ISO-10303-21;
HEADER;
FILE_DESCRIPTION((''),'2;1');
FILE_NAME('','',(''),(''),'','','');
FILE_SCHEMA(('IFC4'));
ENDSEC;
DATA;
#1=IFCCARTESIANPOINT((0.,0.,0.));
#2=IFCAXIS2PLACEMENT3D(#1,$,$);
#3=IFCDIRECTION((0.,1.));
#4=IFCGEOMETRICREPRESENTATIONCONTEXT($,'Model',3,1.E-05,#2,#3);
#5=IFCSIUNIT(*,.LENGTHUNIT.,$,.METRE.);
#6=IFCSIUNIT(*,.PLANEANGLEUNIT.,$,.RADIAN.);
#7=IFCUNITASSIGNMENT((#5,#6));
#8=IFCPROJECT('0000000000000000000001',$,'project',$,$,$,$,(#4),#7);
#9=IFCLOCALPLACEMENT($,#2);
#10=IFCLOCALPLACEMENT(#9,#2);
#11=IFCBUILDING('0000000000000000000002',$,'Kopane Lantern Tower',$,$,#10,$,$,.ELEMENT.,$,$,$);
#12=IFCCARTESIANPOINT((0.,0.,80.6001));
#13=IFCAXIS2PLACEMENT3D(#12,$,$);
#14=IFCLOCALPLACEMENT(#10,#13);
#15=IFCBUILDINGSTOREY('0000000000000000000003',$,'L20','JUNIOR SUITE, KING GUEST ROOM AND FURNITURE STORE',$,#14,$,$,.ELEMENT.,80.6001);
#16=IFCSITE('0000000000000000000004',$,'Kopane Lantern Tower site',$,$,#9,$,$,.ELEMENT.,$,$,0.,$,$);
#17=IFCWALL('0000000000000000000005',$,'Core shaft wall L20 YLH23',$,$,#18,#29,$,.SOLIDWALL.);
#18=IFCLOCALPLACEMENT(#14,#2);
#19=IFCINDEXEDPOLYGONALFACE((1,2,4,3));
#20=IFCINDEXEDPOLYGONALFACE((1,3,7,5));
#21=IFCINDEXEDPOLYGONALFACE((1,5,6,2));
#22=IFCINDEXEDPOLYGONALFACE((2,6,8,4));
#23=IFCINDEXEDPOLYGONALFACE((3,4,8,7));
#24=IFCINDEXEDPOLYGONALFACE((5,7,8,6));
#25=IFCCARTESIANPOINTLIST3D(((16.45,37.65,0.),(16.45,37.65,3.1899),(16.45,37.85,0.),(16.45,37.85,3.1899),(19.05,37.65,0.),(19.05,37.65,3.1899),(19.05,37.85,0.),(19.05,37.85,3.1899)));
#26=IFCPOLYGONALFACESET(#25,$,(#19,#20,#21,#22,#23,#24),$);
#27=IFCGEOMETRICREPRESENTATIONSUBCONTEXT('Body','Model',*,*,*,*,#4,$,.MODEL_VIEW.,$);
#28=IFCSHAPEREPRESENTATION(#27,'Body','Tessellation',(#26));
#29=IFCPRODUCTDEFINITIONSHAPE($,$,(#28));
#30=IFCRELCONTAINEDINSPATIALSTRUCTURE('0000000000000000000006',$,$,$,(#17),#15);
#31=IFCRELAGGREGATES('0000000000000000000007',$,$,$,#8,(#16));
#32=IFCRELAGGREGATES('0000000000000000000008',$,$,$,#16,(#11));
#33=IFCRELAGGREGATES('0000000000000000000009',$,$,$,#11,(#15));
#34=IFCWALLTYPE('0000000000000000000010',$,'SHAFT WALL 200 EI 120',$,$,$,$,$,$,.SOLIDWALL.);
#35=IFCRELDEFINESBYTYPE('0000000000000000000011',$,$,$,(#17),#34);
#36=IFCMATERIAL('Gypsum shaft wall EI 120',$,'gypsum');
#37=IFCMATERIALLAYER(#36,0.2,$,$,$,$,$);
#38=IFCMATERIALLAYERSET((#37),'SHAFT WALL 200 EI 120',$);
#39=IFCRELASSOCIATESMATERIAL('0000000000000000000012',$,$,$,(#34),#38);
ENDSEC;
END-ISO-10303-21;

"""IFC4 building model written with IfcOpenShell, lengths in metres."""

from ifc_helpers import new_model, si_unit, direction, frame, frame_2d, origin, place, context, subcontext, project, spatial, rectangle, extrude, material, layer, layer_set, type_object, element, save


model = new_model("IFC4")

# Units and contexts
model_context = context("Model", 3, precision=1e-05, world=origin(), true_north=direction((0.0, 1.0)))
body_context = subcontext(model_context, "Body", "Model", "MODEL_VIEW")
ifc_project = project(units=[si_unit("LENGTHUNIT", "METRE"), si_unit("PLANEANGLEUNIT", "RADIAN")], contexts=[model_context])

# Site, building, storey
site_placement = place(None, origin())
site = spatial("IfcSite", under=ifc_project, at=site_placement, Name="Kopane Lantern Tower site", CompositionType="ELEMENT", RefElevation=0.0)
building_placement = place(site_placement, origin())
building = spatial("IfcBuilding", under=site, at=building_placement, Name="Kopane Lantern Tower", CompositionType="ELEMENT")
storey_placement = place(building_placement, frame((0.0, 0.0, 80.6001)))
storey = spatial("IfcBuildingStorey", under=building, at=storey_placement, Name="L20", Description="JUNIOR SUITE, KING GUEST ROOM AND FURNITURE STORE", CompositionType="ELEMENT", Elevation=80.6001)

# Wall
ifc_material_1 = material(Name="Gypsum shaft wall EI 120", Category="gypsum")
ifc_layer_1 = layer(ifc_material_1, 0.2)
ifc_layer_set_1 = layer_set([ifc_layer_1], Name="SHAFT WALL 200 EI 120")
wall_type_1 = type_object("IfcWallType", Name="SHAFT WALL 200 EI 120", PredefinedType="SOLIDWALL", material=ifc_layer_set_1)
wall_1_placement = place(storey_placement, frame((16.45, 37.75, 0.0), z_axis=(0.0, 0.0, 1.0), x_axis=(1.0, 0.0, 0.0)))
element("IfcWall", 1, at=wall_1_placement, inside=storey, type_object=wall_type_1, Name="Core shaft wall L20 YLH23", PredefinedType="SOLIDWALL", context=body_context, shape_type="SweptSolid", body=[
    extrude(rectangle(XDim=2.6001, YDim=0.2, at=frame_2d((1.3, 0.0))), origin(), (0.0, 0.0, 1.0), 3.1899),
])

save(model, "model.ifc")
